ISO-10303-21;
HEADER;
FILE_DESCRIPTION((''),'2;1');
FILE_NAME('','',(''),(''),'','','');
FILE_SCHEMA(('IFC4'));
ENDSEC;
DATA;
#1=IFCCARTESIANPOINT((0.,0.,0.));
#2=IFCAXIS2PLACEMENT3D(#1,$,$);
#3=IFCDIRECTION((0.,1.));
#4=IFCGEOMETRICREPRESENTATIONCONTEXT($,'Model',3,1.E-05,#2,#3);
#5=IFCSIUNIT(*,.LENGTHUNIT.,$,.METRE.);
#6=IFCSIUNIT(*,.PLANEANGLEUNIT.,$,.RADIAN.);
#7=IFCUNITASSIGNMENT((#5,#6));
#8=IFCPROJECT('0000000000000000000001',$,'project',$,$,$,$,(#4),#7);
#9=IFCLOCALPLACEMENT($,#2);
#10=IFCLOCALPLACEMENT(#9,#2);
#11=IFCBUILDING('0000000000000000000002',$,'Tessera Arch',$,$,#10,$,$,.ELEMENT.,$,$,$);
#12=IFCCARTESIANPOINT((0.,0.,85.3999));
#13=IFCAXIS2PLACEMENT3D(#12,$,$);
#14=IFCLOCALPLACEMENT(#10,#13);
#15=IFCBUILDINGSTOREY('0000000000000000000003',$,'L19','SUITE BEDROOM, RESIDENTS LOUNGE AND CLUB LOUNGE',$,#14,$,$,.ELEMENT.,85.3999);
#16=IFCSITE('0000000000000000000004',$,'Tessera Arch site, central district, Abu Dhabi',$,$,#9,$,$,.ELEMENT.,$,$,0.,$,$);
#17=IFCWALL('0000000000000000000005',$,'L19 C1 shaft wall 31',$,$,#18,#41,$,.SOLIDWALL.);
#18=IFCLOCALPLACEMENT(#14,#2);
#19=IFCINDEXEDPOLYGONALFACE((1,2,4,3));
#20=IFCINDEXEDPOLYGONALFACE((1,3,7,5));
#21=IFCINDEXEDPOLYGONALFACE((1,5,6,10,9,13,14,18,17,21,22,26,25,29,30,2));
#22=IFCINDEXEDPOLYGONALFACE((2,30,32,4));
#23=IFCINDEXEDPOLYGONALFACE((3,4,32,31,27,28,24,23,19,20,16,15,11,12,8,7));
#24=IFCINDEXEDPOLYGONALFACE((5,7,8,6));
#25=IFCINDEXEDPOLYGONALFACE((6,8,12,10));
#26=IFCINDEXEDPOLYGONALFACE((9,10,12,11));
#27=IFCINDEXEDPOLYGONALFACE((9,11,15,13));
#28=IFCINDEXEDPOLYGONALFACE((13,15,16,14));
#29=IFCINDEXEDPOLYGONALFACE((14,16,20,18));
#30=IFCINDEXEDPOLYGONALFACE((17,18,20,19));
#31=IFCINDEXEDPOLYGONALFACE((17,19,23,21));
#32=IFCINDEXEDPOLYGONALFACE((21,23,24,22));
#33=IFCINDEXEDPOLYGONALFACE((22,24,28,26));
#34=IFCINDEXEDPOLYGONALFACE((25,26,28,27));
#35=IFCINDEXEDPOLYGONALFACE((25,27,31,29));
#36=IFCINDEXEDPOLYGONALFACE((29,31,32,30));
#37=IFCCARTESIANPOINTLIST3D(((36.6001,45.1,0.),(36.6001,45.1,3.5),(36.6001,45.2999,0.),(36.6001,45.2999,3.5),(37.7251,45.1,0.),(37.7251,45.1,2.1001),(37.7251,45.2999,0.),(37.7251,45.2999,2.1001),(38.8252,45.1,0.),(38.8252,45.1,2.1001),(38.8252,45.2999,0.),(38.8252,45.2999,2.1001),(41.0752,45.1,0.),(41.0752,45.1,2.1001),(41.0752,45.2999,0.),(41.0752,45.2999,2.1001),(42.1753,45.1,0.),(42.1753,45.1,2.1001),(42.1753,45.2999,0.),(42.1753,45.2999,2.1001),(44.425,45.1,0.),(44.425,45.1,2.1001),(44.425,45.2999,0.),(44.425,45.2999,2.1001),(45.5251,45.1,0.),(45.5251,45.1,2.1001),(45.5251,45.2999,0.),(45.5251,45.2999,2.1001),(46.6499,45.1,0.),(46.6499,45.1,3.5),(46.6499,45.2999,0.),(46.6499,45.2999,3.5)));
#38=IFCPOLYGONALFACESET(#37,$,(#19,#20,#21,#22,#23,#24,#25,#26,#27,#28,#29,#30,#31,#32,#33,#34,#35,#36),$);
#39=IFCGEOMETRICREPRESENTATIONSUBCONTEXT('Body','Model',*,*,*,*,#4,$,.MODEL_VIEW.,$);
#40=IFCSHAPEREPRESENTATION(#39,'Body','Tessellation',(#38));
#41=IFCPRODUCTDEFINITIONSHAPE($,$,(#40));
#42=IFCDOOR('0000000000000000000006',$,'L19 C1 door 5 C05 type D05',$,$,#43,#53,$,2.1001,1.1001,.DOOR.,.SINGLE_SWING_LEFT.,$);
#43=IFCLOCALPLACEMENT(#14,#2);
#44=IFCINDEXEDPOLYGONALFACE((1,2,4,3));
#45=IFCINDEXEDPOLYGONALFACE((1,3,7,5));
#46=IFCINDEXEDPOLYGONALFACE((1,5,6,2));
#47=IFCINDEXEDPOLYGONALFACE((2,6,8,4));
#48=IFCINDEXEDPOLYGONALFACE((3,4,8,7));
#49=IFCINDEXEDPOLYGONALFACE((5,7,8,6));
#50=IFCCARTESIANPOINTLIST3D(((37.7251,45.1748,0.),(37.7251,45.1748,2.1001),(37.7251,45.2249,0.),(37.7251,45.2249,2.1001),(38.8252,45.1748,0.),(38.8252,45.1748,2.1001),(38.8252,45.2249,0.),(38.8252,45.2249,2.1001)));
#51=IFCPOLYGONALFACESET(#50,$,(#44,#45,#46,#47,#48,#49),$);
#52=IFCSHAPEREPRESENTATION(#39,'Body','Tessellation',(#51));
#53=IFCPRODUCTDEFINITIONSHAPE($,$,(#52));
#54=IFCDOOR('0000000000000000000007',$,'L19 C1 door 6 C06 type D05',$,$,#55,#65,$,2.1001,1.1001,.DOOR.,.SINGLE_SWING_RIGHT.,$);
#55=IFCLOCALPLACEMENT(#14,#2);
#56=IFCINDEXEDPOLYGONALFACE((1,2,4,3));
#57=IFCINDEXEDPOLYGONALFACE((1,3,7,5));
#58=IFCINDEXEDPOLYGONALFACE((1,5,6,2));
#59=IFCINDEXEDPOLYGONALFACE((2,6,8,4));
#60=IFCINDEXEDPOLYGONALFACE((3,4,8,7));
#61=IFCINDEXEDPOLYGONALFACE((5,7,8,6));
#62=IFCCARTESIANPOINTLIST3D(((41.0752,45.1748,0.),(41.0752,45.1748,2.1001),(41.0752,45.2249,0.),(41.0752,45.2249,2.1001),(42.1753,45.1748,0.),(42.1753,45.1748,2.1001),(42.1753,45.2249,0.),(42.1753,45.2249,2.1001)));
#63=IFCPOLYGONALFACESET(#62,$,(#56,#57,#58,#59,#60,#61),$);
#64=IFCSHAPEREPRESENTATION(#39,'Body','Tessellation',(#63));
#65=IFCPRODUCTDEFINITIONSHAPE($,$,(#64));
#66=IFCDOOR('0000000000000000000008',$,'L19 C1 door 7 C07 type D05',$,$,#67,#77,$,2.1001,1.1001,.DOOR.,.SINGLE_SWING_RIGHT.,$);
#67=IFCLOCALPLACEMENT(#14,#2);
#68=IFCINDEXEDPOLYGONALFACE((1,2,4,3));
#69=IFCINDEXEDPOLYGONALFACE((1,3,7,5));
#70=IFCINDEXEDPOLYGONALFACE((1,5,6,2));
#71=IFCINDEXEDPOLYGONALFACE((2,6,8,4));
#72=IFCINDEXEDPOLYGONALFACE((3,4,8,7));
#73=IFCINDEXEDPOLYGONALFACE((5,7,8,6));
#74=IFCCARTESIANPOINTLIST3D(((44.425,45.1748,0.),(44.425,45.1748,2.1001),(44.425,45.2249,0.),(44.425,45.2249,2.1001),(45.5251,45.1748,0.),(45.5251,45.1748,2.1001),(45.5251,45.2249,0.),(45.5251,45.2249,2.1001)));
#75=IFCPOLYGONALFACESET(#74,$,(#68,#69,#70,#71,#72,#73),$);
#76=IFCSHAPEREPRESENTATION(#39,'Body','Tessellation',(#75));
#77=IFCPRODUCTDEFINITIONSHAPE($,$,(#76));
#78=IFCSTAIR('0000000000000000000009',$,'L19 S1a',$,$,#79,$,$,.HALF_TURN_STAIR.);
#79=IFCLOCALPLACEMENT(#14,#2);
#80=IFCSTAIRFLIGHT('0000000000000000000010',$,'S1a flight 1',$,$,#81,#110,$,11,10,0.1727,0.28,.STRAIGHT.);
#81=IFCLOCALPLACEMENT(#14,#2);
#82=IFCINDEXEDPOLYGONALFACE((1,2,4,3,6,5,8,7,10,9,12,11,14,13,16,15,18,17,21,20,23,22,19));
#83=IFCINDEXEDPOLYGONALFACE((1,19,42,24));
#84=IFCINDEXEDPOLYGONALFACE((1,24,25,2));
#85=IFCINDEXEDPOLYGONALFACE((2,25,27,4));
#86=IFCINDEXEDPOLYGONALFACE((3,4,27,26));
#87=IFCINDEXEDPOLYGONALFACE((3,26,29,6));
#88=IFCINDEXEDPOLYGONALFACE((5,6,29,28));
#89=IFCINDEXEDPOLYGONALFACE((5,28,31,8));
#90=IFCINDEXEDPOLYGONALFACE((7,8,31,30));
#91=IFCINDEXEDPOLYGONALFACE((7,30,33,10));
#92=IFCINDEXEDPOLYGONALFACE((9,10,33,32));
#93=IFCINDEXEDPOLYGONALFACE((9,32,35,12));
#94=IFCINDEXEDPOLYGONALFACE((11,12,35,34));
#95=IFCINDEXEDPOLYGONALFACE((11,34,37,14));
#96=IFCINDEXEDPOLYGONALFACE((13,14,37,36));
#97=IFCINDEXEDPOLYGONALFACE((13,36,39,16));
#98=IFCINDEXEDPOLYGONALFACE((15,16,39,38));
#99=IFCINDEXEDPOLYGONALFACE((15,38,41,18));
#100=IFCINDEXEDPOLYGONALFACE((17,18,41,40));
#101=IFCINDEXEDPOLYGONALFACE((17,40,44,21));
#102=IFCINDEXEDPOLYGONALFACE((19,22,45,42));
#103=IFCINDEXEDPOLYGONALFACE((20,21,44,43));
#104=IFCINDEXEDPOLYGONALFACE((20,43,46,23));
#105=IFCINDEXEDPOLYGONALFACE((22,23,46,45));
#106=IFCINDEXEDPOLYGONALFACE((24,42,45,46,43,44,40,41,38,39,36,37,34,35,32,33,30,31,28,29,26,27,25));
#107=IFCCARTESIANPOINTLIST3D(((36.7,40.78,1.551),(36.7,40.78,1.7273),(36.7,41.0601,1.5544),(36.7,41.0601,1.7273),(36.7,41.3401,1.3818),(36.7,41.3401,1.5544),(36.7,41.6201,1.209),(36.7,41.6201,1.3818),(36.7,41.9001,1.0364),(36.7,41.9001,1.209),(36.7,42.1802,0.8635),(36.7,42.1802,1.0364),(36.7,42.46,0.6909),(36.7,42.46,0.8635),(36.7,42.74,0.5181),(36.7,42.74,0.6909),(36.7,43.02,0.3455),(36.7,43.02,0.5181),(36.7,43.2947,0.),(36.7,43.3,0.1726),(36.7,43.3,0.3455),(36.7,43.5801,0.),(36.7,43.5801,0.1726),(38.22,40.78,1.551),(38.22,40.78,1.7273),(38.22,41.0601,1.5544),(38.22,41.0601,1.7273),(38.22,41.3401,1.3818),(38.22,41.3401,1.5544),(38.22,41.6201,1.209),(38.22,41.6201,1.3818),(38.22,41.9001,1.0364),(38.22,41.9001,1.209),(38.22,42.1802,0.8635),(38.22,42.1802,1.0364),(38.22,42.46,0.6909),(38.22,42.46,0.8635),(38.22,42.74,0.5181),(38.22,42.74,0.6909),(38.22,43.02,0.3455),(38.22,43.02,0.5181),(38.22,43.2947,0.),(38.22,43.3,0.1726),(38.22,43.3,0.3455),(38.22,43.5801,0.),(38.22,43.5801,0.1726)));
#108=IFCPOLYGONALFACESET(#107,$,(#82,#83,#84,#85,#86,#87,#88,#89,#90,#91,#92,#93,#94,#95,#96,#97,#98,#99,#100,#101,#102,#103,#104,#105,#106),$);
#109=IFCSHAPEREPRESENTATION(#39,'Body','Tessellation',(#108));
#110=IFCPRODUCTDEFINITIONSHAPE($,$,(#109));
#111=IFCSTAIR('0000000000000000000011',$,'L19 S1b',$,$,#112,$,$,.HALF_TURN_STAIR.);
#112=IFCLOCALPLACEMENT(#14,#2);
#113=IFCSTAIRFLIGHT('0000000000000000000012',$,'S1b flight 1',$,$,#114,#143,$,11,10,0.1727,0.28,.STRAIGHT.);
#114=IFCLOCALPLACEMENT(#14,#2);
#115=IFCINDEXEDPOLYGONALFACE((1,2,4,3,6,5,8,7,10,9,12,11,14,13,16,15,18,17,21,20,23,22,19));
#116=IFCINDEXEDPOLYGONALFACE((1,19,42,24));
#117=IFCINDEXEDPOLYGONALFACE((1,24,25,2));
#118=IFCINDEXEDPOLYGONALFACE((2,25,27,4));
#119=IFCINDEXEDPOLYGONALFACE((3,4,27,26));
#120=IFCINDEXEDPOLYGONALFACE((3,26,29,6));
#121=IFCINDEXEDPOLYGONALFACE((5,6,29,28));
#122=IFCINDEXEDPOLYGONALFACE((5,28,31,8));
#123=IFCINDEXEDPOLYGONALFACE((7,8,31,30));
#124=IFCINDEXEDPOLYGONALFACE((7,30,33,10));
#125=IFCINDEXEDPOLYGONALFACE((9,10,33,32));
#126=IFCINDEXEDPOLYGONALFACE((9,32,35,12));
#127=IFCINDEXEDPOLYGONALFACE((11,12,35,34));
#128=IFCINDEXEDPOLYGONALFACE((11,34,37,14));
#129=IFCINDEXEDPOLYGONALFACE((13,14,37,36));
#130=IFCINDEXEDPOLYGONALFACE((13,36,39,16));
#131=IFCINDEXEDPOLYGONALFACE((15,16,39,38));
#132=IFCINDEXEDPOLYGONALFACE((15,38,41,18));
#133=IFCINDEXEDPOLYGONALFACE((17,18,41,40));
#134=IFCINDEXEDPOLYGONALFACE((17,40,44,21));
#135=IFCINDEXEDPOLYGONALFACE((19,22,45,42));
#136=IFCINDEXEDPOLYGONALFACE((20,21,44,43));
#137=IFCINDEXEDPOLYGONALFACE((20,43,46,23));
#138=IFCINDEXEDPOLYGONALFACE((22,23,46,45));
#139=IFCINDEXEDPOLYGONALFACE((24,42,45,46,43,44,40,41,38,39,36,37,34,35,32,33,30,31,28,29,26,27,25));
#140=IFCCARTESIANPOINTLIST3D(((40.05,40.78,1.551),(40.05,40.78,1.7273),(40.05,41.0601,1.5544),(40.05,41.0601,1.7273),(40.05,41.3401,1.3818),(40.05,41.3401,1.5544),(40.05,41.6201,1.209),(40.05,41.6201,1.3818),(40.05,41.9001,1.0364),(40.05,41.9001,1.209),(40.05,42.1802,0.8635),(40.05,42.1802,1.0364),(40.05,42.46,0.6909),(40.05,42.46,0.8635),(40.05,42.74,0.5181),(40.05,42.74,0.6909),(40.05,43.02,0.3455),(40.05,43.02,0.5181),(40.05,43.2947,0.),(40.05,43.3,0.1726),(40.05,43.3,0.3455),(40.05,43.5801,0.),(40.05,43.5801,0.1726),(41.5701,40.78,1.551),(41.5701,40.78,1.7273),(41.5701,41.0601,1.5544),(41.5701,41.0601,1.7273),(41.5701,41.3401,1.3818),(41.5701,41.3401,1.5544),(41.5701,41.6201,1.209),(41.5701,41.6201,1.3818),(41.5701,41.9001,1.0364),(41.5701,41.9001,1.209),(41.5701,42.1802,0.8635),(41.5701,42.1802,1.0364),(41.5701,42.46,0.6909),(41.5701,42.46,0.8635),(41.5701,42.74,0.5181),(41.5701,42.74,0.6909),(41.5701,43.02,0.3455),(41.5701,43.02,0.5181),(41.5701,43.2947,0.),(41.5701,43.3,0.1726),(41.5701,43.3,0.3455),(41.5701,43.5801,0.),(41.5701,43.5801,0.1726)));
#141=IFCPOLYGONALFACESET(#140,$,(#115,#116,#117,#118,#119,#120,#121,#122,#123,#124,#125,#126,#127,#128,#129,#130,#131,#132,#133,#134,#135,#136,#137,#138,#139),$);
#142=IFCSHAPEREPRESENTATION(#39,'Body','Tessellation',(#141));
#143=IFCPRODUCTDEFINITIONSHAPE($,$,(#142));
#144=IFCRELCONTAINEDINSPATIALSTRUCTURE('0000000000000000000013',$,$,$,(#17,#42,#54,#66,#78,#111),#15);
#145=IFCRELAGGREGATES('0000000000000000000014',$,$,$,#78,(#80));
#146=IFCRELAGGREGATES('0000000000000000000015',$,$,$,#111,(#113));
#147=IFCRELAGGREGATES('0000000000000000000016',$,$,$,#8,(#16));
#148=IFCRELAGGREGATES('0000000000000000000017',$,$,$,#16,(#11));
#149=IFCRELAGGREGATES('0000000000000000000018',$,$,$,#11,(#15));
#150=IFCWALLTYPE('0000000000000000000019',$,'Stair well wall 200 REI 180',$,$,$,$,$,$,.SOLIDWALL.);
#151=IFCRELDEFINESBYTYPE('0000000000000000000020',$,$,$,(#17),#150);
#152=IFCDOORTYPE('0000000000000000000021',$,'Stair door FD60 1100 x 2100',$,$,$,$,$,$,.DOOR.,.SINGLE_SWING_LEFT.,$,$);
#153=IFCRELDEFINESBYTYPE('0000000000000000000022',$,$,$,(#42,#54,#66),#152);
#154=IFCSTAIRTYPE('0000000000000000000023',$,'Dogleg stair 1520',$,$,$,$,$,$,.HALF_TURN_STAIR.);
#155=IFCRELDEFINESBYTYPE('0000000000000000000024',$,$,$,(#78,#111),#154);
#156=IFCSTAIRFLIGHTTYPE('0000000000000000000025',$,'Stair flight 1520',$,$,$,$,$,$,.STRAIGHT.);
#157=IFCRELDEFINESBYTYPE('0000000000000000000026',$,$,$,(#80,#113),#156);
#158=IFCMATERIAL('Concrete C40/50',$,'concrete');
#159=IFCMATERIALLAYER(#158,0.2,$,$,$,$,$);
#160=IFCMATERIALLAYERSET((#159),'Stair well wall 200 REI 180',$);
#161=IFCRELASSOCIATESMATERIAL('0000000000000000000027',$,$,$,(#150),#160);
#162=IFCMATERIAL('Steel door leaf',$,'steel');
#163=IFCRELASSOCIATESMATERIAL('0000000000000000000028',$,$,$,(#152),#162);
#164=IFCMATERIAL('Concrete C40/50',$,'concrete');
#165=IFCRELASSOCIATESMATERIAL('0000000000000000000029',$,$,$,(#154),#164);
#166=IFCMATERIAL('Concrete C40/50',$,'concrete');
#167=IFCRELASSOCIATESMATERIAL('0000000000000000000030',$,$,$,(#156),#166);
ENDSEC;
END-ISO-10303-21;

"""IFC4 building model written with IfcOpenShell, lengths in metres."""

from ifc_helpers import new_model, si_unit, direction, frame, frame_2d, origin, place, context, subcontext, project, spatial, polyline, rectangle, outline, extrude, material, layer, layer_set, type_object, element, fill, aggregate, save


model = new_model("IFC4")

# Units and contexts
model_context = context("Model", 3, precision=1e-05, world=origin(), true_north=direction((0.0, 1.0)))
body_context = subcontext(model_context, "Body", "Model", "MODEL_VIEW")
ifc_project = project(units=[si_unit("LENGTHUNIT", "METRE"), si_unit("PLANEANGLEUNIT", "RADIAN")], contexts=[model_context])

# Site, building, storey
site_placement = place(None, origin())
site = spatial("IfcSite", under=ifc_project, at=site_placement, Name="Tessera Arch site, central district, Abu Dhabi", CompositionType="ELEMENT", RefElevation=0.0)
building_placement = place(site_placement, origin())
building = spatial("IfcBuilding", under=site, at=building_placement, Name="Tessera Arch", CompositionType="ELEMENT")
storey_placement = place(building_placement, frame((0.0, 0.0, 85.3999)))
storey = spatial("IfcBuildingStorey", under=building, at=storey_placement, Name="L19", Description="SUITE BEDROOM, RESIDENTS LOUNGE AND CLUB LOUNGE", CompositionType="ELEMENT", Elevation=85.3999)

# Shared definitions
ifc_material_1 = material(Name="Concrete C40/50", Category="concrete")
ifc_layer_1 = layer(ifc_material_1, 0.2)
ifc_layer_set_1 = layer_set([ifc_layer_1], Name="Stair well wall 200 REI 180")
wall_type_1 = type_object("IfcWallType", Name="Stair well wall 200 REI 180", PredefinedType="SOLIDWALL", material=ifc_layer_set_1)

# Wall, openings, doors
wall_1_placement = place(storey_placement, frame((36.6001, 45.2, 0.0), z_axis=(0.0, 0.0, 1.0), x_axis=(1.0, 0.0, 0.0)))
wall_1 = element("IfcWall", 1, at=wall_1_placement, inside=storey, type_object=wall_type_1, Name="L19 C1 shaft wall 31", PredefinedType="SOLIDWALL", context=body_context, shape_type="SweptSolid", body=[
    extrude(rectangle(XDim=10.0498, YDim=0.2, at=frame_2d((5.0249, 0.0))), origin(), (0.0, 0.0, 1.0), 3.5),
])
opening_1_placement = place(wall_1_placement, frame((1.125, 0.0, 0.0)))
opening_1 = element("IfcOpeningElement", 2, at=opening_1_placement, cuts=wall_1, PredefinedType="OPENING", context=body_context, shape_type="SweptSolid", body=[
    extrude(rectangle(XDim=1.1001, YDim=2.1001, at=frame_2d((0.55, 1.05))), frame((0.0, 0.1099, 0.0), z_axis=(0.0, -1.0, 0.0), x_axis=(1.0, 0.0, 0.0)), (0.0, 0.0, 1.0), 0.22),
])
opening_2_placement = place(wall_1_placement, frame((4.4751, 0.0, 0.0)))
opening_2 = element("IfcOpeningElement", 3, at=opening_2_placement, cuts=wall_1, PredefinedType="OPENING", context=body_context, shape_type="SweptSolid", body=[
    extrude(rectangle(XDim=1.1001, YDim=2.1001, at=frame_2d((0.55, 1.05))), frame((0.0, 0.1099, 0.0), z_axis=(0.0, -1.0, 0.0), x_axis=(1.0, 0.0, 0.0)), (0.0, 0.0, 1.0), 0.22),
])
opening_3_placement = place(wall_1_placement, frame((7.825, 0.0, 0.0)))
opening_3 = element("IfcOpeningElement", 4, at=opening_3_placement, cuts=wall_1, PredefinedType="OPENING", context=body_context, shape_type="SweptSolid", body=[
    extrude(rectangle(XDim=1.1001, YDim=2.1001, at=frame_2d((0.55, 1.05))), frame((0.0, 0.1099, 0.0), z_axis=(0.0, -1.0, 0.0), x_axis=(1.0, 0.0, 0.0)), (0.0, 0.0, 1.0), 0.22),
])
ifc_material_2 = material(Name="Steel door leaf", Category="steel")
door_type_1 = type_object("IfcDoorType", Name="Stair door FD60 1100 x 2100", OperationType="SINGLE_SWING_LEFT", PredefinedType="DOOR", material=ifc_material_2)
door_1_placement = place(opening_1_placement, origin())
door_1 = element("IfcDoor", 5, at=door_1_placement, inside=storey, type_object=door_type_1, Name="L19 C1 door 5 C05 type D05", OperationType="SINGLE_SWING_LEFT", OverallHeight=2.1001, OverallWidth=1.1001, PredefinedType="DOOR", context=body_context, shape_type="SweptSolid", body=[
    extrude(rectangle(XDim=1.1001, YDim=2.1001, at=frame_2d((0.55, 1.05))), frame((0.0, 0.0249, 0.0), z_axis=(0.0, -1.0, 0.0), x_axis=(1.0, 0.0, 0.0)), (0.0, 0.0, 1.0), 0.05),
])
fill(opening_1, door_1)
door_2_placement = place(opening_2_placement, origin())
door_2 = element("IfcDoor", 6, at=door_2_placement, inside=storey, type_object=door_type_1, Name="L19 C1 door 6 C06 type D05", OperationType="SINGLE_SWING_RIGHT", OverallHeight=2.1001, OverallWidth=1.1001, PredefinedType="DOOR", context=body_context, shape_type="SweptSolid", body=[
    extrude(rectangle(XDim=1.1001, YDim=2.1001, at=frame_2d((0.55, 1.05))), frame((0.0, 0.0249, 0.0), z_axis=(0.0, -1.0, 0.0), x_axis=(1.0, 0.0, 0.0)), (0.0, 0.0, 1.0), 0.05),
])
fill(opening_2, door_2)
door_3_placement = place(opening_3_placement, origin())
door_3 = element("IfcDoor", 7, at=door_3_placement, inside=storey, type_object=door_type_1, Name="L19 C1 door 7 C07 type D05", OperationType="SINGLE_SWING_RIGHT", OverallHeight=2.1001, OverallWidth=1.1001, PredefinedType="DOOR", context=body_context, shape_type="SweptSolid", body=[
    extrude(rectangle(XDim=1.1001, YDim=2.1001, at=frame_2d((0.55, 1.05))), frame((0.0, 0.0249, 0.0), z_axis=(0.0, -1.0, 0.0), x_axis=(1.0, 0.0, 0.0)), (0.0, 0.0, 1.0), 0.05),
])
fill(opening_3, door_3)

# Stairs, stair flights
ifc_material_3 = material(Name="Concrete C40/50", Category="concrete")
stair_type = type_object("IfcStairType", Name="Dogleg stair 1520", PredefinedType="HALF_TURN_STAIR", material=ifc_material_3)
stair_1_placement = place(storey_placement, origin())
stair_1 = element("IfcStair", 8, at=stair_1_placement, inside=storey, type_object=stair_type, Name="L19 S1a", PredefinedType="HALF_TURN_STAIR")
ifc_material_4 = material(Name="Concrete C40/50", Category="concrete")
stair_flight_type = type_object("IfcStairFlightType", Name="Stair flight 1520", PredefinedType="STRAIGHT", material=ifc_material_4)
stair_flight_1_placement = place(storey_placement, frame((37.46, 43.5801, 0.0), z_axis=(0.0, 0.0, 1.0), x_axis=(0.0, -1.0, 0.0)))
stair_flight_1 = element("IfcStairFlight", 9, at=stair_flight_1_placement, type_object=stair_flight_type, Name="S1a flight 1", NumberOfRisers=11, NumberOfTreads=10, PredefinedType="STRAIGHT", RiserHeight=0.1727, TreadLength=0.28, context=body_context, shape_type="SweptSolid", body=[
    extrude(outline(polyline([(0.0, 0.0), (0.0, 0.1726), (0.28, 0.1726), (0.28, 0.3455), (0.5601, 0.3455), (0.5601, 0.5181), (0.8401, 0.5181), (0.8401, 0.6909), (1.1201, 0.6909), (1.1201, 0.8635), (1.3999, 0.8635), (1.3999, 1.0364), (1.6799, 1.0364), (1.6799, 1.209), (1.96, 1.209), (1.96, 1.3818), (2.24, 1.3818), (2.24, 1.5544), (2.52, 1.5544), (2.52, 1.7273), (2.8, 1.7273), (2.8, 1.8999), (2.8, 1.551), (0.2854, 0.0), (0.0, 0.0)])), frame((0.0, 0.76, 0.0), z_axis=(0.0, -1.0, 0.0), x_axis=(1.0, 0.0, 0.0)), (0.0, 0.0, 1.0), 1.52),
])
aggregate(stair_1, [stair_flight_1])
stair_2_placement = place(storey_placement, origin())
stair_2 = element("IfcStair", 10, at=stair_2_placement, inside=storey, type_object=stair_type, Name="L19 S1b", PredefinedType="HALF_TURN_STAIR")
stair_flight_2_placement = place(storey_placement, frame((40.8101, 43.5801, 0.0), z_axis=(0.0, 0.0, 1.0), x_axis=(0.0, -1.0, 0.0)))
stair_flight_2 = element("IfcStairFlight", 11, at=stair_flight_2_placement, type_object=stair_flight_type, Name="S1b flight 1", NumberOfRisers=11, NumberOfTreads=10, PredefinedType="STRAIGHT", RiserHeight=0.1727, TreadLength=0.28, context=body_context, shape_type="SweptSolid", body=[
    extrude(outline(polyline([(0.0, 0.0), (0.0, 0.1726), (0.28, 0.1726), (0.28, 0.3455), (0.5601, 0.3455), (0.5601, 0.5181), (0.8401, 0.5181), (0.8401, 0.6909), (1.1201, 0.6909), (1.1201, 0.8635), (1.3999, 0.8635), (1.3999, 1.0364), (1.6799, 1.0364), (1.6799, 1.209), (1.96, 1.209), (1.96, 1.3818), (2.24, 1.3818), (2.24, 1.5544), (2.52, 1.5544), (2.52, 1.7273), (2.8, 1.7273), (2.8, 1.8999), (2.8, 1.551), (0.2854, 0.0), (0.0, 0.0)])), frame((0.0, 0.76, 0.0), z_axis=(0.0, -1.0, 0.0), x_axis=(1.0, 0.0, 0.0)), (0.0, 0.0, 1.0), 1.52),
])
aggregate(stair_2, [stair_flight_2])

save(model, "model.ifc")
